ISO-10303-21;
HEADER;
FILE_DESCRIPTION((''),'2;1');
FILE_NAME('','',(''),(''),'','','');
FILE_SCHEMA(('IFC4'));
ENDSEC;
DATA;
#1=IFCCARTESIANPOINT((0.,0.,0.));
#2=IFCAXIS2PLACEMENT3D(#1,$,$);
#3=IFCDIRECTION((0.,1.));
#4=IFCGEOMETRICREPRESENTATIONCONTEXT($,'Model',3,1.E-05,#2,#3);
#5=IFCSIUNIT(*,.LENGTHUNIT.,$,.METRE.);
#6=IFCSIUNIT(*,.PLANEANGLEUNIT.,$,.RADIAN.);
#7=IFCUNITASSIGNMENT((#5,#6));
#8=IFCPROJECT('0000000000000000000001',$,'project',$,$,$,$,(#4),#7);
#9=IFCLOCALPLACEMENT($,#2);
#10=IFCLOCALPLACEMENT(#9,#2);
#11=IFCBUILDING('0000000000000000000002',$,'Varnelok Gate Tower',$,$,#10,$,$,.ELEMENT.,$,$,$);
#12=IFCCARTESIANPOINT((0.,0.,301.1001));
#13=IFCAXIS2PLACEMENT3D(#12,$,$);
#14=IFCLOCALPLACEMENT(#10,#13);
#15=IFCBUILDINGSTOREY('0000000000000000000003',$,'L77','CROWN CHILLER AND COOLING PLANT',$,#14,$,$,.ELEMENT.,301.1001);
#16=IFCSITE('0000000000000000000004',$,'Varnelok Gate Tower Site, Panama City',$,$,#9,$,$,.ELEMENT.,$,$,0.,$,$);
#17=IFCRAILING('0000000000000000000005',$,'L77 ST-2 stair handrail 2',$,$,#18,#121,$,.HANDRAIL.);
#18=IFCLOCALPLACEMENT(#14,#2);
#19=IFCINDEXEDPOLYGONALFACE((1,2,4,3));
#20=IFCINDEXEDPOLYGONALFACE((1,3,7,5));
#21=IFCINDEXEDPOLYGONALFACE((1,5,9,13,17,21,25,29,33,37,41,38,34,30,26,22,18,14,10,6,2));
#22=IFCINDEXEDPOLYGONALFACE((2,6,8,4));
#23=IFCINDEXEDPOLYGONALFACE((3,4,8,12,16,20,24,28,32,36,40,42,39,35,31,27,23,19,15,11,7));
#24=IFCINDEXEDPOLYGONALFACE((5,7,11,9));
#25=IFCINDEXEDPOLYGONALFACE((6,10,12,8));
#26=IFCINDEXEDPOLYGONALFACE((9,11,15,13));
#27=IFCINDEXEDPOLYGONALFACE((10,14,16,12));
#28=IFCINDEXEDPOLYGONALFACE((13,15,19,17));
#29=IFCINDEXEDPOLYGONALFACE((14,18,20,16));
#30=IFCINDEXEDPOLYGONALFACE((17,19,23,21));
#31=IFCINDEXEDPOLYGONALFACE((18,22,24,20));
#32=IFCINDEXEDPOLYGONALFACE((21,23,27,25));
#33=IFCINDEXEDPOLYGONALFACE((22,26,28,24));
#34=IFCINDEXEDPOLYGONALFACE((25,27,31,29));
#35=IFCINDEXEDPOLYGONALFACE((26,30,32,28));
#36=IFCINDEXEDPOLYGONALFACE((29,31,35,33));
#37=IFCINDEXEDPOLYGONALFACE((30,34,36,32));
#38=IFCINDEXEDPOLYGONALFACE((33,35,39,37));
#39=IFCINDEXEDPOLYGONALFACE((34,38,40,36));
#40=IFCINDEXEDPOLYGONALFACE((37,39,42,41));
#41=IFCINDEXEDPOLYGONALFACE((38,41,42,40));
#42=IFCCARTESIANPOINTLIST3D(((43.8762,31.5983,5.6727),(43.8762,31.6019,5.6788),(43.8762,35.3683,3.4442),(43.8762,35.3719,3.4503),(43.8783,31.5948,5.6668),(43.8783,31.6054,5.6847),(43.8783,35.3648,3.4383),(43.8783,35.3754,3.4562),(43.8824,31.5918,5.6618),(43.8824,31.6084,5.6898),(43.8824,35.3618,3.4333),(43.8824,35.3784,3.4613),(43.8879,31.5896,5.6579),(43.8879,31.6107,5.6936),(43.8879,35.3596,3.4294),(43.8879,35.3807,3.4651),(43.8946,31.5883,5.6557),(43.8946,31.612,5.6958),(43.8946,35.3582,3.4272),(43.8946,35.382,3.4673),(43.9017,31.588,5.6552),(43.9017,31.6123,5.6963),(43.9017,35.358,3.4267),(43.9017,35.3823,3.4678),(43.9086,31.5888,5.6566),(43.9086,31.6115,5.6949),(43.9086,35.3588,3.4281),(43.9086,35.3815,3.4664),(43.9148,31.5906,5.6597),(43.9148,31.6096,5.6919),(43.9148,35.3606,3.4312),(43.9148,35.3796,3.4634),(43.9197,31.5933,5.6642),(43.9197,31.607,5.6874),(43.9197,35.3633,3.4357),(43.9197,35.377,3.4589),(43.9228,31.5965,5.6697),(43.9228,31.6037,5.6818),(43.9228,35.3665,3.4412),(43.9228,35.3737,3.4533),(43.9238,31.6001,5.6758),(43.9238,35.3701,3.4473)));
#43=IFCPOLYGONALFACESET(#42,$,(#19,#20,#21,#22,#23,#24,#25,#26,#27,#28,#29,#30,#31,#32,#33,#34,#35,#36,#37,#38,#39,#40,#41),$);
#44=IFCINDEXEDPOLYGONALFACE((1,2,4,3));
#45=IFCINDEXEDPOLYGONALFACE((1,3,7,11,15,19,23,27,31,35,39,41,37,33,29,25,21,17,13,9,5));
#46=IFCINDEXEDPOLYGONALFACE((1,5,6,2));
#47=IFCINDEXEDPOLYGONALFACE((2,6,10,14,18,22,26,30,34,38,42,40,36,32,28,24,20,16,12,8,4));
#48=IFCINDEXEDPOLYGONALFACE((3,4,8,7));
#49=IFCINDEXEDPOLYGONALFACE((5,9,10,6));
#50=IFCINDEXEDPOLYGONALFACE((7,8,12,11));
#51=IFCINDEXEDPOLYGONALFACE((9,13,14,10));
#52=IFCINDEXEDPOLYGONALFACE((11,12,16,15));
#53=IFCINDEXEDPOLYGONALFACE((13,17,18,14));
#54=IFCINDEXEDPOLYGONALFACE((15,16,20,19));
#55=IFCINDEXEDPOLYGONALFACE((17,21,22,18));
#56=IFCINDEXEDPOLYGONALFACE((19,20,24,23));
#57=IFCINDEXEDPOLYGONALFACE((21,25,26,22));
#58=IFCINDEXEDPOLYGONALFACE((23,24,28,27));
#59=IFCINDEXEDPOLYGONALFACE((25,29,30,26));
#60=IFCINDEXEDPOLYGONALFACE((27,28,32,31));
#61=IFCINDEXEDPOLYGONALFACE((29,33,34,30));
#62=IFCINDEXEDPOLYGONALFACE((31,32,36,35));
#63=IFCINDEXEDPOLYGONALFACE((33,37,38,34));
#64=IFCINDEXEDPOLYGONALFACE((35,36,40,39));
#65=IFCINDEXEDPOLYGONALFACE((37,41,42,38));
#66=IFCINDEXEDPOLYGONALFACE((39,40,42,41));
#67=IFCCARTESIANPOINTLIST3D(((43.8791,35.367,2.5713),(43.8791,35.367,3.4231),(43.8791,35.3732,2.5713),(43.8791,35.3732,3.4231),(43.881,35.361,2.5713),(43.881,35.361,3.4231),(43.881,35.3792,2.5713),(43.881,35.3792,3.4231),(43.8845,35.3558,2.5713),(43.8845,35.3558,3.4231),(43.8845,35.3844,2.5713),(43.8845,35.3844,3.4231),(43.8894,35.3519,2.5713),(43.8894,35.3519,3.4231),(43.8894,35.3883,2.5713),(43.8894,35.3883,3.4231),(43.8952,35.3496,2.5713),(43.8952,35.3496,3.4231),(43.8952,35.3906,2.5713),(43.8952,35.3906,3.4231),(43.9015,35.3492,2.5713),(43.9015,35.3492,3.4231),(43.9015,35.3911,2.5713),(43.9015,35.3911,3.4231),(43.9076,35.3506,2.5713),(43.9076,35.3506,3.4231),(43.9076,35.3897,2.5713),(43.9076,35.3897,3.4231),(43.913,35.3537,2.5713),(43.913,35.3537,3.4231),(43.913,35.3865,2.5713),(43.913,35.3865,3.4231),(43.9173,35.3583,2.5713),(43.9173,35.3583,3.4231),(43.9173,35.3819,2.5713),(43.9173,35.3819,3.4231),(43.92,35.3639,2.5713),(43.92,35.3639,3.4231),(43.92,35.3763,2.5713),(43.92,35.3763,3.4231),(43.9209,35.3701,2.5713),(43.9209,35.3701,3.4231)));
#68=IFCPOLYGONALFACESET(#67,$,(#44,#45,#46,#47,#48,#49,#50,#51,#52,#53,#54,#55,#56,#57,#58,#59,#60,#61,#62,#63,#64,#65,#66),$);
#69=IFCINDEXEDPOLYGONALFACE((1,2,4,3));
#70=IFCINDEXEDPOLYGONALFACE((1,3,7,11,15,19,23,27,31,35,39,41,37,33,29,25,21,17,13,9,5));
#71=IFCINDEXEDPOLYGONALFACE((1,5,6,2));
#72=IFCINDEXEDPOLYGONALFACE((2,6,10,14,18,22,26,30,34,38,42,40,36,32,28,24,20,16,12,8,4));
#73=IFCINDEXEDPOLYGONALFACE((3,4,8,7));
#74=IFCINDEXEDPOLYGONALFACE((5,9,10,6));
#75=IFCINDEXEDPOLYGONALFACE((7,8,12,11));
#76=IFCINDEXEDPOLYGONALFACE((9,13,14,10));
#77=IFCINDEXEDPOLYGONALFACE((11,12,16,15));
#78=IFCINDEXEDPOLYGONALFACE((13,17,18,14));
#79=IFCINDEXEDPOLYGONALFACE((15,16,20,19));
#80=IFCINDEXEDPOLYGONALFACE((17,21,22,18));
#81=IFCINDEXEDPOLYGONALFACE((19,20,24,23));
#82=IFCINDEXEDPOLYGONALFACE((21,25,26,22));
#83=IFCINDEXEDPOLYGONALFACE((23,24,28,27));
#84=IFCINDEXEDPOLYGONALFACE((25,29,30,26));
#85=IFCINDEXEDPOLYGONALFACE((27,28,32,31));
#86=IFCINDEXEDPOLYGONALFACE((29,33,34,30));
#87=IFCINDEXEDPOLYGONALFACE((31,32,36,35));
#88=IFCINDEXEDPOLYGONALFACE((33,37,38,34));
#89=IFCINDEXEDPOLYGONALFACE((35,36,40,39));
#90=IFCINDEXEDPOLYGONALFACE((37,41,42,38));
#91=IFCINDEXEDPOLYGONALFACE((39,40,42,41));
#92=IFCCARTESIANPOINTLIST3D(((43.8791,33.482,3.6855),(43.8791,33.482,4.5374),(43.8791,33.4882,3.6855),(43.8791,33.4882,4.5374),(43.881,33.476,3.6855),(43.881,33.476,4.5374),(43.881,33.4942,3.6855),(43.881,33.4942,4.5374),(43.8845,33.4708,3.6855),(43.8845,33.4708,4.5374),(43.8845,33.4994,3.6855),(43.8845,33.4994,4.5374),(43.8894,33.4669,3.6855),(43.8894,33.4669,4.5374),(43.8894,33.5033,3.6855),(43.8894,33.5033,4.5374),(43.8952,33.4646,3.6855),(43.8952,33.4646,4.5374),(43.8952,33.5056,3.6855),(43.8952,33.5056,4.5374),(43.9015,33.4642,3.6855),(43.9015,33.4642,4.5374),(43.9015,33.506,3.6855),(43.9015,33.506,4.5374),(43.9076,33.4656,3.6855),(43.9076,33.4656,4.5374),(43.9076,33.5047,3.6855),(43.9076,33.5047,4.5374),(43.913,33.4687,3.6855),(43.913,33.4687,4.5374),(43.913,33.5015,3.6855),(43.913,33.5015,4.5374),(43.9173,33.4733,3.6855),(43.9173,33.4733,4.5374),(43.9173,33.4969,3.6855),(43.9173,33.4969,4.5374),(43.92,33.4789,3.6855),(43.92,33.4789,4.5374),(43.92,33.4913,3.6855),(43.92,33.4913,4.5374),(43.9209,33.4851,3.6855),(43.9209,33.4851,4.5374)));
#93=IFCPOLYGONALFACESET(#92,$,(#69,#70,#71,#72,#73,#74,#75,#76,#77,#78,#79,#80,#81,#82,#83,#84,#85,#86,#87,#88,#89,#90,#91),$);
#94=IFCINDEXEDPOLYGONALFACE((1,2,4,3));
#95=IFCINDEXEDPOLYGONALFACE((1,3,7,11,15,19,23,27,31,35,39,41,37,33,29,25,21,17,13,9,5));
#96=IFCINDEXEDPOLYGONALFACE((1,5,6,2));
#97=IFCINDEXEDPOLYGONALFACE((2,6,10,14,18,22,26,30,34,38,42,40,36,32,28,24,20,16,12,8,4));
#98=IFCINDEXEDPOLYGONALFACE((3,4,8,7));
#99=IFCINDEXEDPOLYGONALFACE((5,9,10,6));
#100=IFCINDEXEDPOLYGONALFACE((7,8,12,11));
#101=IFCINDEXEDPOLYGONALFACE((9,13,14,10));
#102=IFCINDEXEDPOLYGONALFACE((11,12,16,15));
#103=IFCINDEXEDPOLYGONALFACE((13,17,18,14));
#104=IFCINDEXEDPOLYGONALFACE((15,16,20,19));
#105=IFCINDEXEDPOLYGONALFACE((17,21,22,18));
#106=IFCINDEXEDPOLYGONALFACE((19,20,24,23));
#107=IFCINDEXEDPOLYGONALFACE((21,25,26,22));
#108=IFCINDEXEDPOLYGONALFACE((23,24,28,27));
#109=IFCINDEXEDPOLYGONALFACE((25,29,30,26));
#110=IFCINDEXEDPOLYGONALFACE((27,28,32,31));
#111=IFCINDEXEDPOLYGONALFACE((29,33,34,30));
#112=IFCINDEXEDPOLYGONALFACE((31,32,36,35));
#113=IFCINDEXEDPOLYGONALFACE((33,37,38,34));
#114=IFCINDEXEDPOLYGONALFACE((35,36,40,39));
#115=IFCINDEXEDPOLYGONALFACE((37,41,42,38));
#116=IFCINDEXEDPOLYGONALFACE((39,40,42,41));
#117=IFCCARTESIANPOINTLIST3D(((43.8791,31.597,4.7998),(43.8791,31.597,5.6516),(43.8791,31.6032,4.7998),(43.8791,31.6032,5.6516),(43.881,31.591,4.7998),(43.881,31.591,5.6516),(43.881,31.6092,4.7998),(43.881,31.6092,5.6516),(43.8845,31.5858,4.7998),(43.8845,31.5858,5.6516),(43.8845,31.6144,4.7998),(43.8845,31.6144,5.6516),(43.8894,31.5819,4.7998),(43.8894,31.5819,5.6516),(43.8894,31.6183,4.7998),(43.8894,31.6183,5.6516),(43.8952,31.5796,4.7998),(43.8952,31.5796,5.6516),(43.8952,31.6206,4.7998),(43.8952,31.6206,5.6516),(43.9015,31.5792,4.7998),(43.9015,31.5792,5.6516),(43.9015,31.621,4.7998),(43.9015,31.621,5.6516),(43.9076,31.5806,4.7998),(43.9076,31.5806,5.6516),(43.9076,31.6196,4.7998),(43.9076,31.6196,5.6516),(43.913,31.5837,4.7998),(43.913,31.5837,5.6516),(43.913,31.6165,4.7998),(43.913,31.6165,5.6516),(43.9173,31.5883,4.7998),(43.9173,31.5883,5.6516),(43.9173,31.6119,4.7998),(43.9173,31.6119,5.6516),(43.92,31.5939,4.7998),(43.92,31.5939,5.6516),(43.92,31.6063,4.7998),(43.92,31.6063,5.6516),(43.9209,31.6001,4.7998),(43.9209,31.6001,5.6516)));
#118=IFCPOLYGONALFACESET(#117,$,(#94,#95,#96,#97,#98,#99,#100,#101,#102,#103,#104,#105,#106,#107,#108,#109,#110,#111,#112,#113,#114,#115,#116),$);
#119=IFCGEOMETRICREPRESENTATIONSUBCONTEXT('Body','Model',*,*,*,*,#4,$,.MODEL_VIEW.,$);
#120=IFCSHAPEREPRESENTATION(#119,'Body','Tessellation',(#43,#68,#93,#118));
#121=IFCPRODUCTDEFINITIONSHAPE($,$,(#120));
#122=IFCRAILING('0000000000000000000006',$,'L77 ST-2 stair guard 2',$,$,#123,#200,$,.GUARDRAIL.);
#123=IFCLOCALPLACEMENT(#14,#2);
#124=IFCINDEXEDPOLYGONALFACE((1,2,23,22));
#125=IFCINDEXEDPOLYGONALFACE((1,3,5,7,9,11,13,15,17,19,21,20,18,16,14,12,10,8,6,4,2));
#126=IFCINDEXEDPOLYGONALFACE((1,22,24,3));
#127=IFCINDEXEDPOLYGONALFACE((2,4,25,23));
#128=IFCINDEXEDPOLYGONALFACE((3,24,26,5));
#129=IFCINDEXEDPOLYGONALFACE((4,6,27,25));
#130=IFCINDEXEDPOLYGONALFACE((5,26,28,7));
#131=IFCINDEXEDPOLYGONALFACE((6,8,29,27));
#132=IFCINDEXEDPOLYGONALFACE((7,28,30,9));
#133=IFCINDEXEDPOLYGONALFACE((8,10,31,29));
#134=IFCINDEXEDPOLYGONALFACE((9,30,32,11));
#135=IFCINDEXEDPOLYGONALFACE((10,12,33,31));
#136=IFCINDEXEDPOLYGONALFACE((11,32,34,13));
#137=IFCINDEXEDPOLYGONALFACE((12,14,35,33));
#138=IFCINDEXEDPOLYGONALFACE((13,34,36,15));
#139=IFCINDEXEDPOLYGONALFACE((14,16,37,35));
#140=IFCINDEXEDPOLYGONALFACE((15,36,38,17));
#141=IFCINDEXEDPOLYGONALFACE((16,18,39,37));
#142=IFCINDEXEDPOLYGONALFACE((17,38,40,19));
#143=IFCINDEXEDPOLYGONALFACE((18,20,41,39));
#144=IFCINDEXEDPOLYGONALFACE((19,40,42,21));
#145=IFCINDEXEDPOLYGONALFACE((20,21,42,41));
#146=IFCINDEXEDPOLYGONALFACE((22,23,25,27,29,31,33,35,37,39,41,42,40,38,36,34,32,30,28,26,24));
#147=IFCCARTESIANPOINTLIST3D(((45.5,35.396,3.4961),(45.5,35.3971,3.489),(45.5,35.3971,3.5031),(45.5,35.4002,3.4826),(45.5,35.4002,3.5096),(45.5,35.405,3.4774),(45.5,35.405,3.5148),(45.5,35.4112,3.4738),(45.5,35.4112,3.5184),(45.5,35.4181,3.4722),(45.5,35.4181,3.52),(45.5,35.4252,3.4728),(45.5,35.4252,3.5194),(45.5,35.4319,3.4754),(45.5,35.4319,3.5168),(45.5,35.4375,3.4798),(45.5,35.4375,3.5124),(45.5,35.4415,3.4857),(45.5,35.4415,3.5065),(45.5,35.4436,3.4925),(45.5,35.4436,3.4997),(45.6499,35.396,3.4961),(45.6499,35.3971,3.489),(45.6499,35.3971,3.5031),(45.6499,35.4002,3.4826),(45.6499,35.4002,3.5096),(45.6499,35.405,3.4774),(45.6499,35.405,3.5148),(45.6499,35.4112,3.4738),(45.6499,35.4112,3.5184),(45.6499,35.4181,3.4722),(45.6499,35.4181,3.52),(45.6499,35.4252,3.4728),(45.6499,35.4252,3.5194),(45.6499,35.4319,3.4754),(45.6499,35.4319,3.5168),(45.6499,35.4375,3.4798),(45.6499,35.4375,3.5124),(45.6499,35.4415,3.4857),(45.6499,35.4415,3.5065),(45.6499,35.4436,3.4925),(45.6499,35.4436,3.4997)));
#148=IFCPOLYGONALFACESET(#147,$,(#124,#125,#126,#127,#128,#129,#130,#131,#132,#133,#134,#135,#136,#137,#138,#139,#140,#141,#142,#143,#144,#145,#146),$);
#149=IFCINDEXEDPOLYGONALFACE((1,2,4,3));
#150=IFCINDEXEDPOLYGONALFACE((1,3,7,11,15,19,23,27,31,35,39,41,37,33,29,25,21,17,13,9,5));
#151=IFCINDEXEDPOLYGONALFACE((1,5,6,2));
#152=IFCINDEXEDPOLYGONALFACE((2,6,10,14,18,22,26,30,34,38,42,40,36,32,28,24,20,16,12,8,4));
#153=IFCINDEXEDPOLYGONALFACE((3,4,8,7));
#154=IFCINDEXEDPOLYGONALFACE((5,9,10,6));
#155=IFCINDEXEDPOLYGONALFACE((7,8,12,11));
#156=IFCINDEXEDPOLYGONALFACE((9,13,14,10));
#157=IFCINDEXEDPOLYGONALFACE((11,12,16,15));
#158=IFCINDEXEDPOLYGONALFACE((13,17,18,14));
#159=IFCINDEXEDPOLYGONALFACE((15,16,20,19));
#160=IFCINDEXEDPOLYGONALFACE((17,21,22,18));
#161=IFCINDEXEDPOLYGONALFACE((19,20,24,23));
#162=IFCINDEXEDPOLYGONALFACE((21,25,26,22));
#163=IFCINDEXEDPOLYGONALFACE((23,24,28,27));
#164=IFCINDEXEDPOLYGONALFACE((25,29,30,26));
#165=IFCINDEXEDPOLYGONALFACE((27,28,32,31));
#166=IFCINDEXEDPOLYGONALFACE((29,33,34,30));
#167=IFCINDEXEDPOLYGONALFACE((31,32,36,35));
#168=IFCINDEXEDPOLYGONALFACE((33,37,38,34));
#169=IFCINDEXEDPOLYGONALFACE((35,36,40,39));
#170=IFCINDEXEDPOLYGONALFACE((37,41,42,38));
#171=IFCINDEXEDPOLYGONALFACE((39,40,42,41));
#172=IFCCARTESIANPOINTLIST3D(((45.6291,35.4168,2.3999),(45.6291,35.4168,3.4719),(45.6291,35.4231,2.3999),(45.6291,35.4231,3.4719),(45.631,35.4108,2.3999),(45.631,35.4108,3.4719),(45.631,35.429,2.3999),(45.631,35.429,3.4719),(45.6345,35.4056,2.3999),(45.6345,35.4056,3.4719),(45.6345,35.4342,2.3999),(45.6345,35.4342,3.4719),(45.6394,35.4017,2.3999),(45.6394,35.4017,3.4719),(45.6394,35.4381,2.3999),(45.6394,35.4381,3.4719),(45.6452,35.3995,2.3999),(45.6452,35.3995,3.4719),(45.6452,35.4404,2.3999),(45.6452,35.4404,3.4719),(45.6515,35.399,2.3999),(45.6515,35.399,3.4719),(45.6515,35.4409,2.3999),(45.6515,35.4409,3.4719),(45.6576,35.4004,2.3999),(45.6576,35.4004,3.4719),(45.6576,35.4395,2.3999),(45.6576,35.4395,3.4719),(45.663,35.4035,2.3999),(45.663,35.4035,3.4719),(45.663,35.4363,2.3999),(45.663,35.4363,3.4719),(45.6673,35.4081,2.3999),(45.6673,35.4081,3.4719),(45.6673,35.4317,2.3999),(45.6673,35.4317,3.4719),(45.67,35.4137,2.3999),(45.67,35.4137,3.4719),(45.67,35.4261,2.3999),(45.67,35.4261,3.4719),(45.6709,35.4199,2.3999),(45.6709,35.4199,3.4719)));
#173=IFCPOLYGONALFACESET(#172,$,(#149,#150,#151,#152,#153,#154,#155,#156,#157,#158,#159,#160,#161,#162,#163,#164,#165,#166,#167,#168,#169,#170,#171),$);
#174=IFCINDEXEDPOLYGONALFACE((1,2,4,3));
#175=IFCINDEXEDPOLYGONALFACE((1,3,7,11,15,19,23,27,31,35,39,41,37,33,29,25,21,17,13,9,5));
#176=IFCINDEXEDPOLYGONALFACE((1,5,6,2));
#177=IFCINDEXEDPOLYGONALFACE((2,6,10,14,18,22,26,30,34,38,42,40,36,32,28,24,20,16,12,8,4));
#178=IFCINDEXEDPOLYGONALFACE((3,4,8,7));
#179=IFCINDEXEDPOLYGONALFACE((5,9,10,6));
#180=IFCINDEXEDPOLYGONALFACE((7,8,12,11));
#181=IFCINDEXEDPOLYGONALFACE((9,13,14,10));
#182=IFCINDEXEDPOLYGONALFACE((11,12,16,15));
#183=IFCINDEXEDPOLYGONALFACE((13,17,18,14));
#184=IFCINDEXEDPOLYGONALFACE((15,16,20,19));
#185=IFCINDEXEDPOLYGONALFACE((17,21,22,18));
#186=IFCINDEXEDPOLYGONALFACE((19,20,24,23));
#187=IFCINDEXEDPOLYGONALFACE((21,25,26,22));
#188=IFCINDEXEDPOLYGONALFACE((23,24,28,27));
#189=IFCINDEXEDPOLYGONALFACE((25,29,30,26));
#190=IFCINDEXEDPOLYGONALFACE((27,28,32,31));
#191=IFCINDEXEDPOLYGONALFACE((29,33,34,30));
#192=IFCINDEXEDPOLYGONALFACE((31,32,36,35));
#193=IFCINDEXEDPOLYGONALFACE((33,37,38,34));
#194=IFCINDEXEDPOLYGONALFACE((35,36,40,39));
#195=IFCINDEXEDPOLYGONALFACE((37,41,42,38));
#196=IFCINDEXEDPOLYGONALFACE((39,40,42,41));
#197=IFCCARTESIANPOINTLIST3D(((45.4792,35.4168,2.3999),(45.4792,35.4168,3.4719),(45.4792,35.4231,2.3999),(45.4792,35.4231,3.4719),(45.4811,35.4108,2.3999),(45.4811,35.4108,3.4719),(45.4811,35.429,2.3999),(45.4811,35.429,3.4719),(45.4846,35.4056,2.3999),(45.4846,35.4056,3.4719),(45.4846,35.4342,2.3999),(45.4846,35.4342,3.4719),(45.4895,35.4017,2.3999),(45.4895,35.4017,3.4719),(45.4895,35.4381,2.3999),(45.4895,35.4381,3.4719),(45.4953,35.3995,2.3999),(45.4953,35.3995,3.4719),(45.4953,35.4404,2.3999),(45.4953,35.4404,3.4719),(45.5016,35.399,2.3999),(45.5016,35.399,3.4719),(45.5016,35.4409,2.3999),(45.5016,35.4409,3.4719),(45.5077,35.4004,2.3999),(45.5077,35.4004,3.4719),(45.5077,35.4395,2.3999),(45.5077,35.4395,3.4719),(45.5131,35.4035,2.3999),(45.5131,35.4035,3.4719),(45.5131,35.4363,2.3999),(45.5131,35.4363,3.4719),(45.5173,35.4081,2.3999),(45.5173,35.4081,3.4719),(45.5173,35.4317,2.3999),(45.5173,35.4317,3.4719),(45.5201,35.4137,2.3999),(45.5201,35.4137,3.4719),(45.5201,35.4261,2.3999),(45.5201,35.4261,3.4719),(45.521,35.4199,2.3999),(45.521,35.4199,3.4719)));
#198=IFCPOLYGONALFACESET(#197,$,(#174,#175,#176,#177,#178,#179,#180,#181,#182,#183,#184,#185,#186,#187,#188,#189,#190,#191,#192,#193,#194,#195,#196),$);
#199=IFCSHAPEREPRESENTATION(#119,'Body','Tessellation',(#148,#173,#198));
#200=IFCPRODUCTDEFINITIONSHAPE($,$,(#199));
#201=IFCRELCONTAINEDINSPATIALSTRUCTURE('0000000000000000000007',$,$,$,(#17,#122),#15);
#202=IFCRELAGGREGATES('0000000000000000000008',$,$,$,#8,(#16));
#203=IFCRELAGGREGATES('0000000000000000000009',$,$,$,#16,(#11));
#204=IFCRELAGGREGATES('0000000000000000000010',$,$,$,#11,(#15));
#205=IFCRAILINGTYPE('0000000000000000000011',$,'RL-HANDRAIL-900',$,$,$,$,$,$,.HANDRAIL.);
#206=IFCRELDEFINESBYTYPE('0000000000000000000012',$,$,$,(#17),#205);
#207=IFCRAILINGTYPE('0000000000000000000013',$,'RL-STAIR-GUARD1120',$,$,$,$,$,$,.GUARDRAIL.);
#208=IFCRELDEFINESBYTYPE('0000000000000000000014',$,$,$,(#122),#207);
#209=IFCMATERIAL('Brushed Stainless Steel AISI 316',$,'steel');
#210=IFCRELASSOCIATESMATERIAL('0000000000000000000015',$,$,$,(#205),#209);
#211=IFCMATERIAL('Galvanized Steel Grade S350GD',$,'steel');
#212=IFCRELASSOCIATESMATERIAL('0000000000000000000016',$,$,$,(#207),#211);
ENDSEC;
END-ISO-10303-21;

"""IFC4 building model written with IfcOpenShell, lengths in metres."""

from ifc_helpers import new_model, si_unit, direction, frame, origin, origin_2d, place, context, subcontext, project, spatial, circle, extrude, material, type_object, element, save


model = new_model("IFC4")

# Units and contexts
model_context = context("Model", 3, precision=1e-05, world=origin(), true_north=direction((0.0, 1.0)))
body_context = subcontext(model_context, "Body", "Model", "MODEL_VIEW")
ifc_project = project(units=[si_unit("LENGTHUNIT", "METRE"), si_unit("PLANEANGLEUNIT", "RADIAN")], contexts=[model_context])

# Site, building, storey
site_placement = place(None, origin())
site = spatial("IfcSite", under=ifc_project, at=site_placement, Name="Varnelok Gate Tower Site, Panama City", CompositionType="ELEMENT", RefElevation=0.0)
building_placement = place(site_placement, origin())
building = spatial("IfcBuilding", under=site, at=building_placement, Name="Varnelok Gate Tower", CompositionType="ELEMENT")
storey_placement = place(building_placement, frame((0.0, 0.0, 301.1001)))
storey = spatial("IfcBuildingStorey", under=building, at=storey_placement, Name="L77", Description="CROWN CHILLER AND COOLING PLANT", CompositionType="ELEMENT", Elevation=301.1001)

# Shared definitions
ifc_material_1 = material(Name="Galvanized Steel Grade S350GD", Category="steel")

# Railings
ifc_material_2 = material(Name="Brushed Stainless Steel AISI 316", Category="steel")
railing_type_1 = type_object("IfcRailingType", Name="RL-HANDRAIL-900", PredefinedType="HANDRAIL", material=ifc_material_2)
railing_1_placement = place(storey_placement, frame((43.8999, 35.3701, 2.5713)))
element("IfcRailing", 1, at=railing_1_placement, inside=storey, type_object=railing_type_1, Name="L77 ST-2 stair handrail 2", PredefinedType="HANDRAIL", context=body_context, shape_type="SweptSolid", body=[
    extrude(circle(Radius=0.0239, at=origin_2d()), frame((0.0, 0.0, 0.876), z_axis=(0.0, -0.860849, 0.508861), x_axis=(1.0, 0.0, 0.0)), (0.0, 0.0, 1.0), 4.3794),
    extrude(circle(Radius=0.021, at=origin_2d()), origin(), (0.0, 0.0, 1.0), 0.8518),
    extrude(circle(Radius=0.021, at=origin_2d()), frame((0.0, -1.885, 1.1143)), (0.0, 0.0, 1.0), 0.8518),
    extrude(circle(Radius=0.021, at=origin_2d()), frame((0.0, -3.77, 2.2285)), (0.0, 0.0, 1.0), 0.8518),
])
railing_type_2 = type_object("IfcRailingType", Name="RL-STAIR-GUARD1120", PredefinedType="GUARDRAIL", material=ifc_material_1)
railing_2_placement = place(storey_placement, frame((45.6499, 35.4199, 2.3999)))
element("IfcRailing", 2, at=railing_2_placement, inside=storey, type_object=railing_type_2, Name="L77 ST-2 stair guard 2", PredefinedType="GUARDRAIL", context=body_context, shape_type="SweptSolid", body=[
    extrude(circle(Radius=0.0239, at=origin_2d()), frame((0.0, 0.0, 1.0962), z_axis=(-1.0, 0.0, 0.0), x_axis=(0.0, -1.0, 0.0)), (0.0, 0.0, 1.0), 0.1499),
    extrude(circle(Radius=0.021, at=origin_2d()), origin(), (0.0, 0.0, 1.0), 1.072),
    extrude(circle(Radius=0.021, at=origin_2d()), frame((-0.1499, 0.0, 0.0)), (0.0, 0.0, 1.0), 1.072),
])

save(model, "model.ifc")
